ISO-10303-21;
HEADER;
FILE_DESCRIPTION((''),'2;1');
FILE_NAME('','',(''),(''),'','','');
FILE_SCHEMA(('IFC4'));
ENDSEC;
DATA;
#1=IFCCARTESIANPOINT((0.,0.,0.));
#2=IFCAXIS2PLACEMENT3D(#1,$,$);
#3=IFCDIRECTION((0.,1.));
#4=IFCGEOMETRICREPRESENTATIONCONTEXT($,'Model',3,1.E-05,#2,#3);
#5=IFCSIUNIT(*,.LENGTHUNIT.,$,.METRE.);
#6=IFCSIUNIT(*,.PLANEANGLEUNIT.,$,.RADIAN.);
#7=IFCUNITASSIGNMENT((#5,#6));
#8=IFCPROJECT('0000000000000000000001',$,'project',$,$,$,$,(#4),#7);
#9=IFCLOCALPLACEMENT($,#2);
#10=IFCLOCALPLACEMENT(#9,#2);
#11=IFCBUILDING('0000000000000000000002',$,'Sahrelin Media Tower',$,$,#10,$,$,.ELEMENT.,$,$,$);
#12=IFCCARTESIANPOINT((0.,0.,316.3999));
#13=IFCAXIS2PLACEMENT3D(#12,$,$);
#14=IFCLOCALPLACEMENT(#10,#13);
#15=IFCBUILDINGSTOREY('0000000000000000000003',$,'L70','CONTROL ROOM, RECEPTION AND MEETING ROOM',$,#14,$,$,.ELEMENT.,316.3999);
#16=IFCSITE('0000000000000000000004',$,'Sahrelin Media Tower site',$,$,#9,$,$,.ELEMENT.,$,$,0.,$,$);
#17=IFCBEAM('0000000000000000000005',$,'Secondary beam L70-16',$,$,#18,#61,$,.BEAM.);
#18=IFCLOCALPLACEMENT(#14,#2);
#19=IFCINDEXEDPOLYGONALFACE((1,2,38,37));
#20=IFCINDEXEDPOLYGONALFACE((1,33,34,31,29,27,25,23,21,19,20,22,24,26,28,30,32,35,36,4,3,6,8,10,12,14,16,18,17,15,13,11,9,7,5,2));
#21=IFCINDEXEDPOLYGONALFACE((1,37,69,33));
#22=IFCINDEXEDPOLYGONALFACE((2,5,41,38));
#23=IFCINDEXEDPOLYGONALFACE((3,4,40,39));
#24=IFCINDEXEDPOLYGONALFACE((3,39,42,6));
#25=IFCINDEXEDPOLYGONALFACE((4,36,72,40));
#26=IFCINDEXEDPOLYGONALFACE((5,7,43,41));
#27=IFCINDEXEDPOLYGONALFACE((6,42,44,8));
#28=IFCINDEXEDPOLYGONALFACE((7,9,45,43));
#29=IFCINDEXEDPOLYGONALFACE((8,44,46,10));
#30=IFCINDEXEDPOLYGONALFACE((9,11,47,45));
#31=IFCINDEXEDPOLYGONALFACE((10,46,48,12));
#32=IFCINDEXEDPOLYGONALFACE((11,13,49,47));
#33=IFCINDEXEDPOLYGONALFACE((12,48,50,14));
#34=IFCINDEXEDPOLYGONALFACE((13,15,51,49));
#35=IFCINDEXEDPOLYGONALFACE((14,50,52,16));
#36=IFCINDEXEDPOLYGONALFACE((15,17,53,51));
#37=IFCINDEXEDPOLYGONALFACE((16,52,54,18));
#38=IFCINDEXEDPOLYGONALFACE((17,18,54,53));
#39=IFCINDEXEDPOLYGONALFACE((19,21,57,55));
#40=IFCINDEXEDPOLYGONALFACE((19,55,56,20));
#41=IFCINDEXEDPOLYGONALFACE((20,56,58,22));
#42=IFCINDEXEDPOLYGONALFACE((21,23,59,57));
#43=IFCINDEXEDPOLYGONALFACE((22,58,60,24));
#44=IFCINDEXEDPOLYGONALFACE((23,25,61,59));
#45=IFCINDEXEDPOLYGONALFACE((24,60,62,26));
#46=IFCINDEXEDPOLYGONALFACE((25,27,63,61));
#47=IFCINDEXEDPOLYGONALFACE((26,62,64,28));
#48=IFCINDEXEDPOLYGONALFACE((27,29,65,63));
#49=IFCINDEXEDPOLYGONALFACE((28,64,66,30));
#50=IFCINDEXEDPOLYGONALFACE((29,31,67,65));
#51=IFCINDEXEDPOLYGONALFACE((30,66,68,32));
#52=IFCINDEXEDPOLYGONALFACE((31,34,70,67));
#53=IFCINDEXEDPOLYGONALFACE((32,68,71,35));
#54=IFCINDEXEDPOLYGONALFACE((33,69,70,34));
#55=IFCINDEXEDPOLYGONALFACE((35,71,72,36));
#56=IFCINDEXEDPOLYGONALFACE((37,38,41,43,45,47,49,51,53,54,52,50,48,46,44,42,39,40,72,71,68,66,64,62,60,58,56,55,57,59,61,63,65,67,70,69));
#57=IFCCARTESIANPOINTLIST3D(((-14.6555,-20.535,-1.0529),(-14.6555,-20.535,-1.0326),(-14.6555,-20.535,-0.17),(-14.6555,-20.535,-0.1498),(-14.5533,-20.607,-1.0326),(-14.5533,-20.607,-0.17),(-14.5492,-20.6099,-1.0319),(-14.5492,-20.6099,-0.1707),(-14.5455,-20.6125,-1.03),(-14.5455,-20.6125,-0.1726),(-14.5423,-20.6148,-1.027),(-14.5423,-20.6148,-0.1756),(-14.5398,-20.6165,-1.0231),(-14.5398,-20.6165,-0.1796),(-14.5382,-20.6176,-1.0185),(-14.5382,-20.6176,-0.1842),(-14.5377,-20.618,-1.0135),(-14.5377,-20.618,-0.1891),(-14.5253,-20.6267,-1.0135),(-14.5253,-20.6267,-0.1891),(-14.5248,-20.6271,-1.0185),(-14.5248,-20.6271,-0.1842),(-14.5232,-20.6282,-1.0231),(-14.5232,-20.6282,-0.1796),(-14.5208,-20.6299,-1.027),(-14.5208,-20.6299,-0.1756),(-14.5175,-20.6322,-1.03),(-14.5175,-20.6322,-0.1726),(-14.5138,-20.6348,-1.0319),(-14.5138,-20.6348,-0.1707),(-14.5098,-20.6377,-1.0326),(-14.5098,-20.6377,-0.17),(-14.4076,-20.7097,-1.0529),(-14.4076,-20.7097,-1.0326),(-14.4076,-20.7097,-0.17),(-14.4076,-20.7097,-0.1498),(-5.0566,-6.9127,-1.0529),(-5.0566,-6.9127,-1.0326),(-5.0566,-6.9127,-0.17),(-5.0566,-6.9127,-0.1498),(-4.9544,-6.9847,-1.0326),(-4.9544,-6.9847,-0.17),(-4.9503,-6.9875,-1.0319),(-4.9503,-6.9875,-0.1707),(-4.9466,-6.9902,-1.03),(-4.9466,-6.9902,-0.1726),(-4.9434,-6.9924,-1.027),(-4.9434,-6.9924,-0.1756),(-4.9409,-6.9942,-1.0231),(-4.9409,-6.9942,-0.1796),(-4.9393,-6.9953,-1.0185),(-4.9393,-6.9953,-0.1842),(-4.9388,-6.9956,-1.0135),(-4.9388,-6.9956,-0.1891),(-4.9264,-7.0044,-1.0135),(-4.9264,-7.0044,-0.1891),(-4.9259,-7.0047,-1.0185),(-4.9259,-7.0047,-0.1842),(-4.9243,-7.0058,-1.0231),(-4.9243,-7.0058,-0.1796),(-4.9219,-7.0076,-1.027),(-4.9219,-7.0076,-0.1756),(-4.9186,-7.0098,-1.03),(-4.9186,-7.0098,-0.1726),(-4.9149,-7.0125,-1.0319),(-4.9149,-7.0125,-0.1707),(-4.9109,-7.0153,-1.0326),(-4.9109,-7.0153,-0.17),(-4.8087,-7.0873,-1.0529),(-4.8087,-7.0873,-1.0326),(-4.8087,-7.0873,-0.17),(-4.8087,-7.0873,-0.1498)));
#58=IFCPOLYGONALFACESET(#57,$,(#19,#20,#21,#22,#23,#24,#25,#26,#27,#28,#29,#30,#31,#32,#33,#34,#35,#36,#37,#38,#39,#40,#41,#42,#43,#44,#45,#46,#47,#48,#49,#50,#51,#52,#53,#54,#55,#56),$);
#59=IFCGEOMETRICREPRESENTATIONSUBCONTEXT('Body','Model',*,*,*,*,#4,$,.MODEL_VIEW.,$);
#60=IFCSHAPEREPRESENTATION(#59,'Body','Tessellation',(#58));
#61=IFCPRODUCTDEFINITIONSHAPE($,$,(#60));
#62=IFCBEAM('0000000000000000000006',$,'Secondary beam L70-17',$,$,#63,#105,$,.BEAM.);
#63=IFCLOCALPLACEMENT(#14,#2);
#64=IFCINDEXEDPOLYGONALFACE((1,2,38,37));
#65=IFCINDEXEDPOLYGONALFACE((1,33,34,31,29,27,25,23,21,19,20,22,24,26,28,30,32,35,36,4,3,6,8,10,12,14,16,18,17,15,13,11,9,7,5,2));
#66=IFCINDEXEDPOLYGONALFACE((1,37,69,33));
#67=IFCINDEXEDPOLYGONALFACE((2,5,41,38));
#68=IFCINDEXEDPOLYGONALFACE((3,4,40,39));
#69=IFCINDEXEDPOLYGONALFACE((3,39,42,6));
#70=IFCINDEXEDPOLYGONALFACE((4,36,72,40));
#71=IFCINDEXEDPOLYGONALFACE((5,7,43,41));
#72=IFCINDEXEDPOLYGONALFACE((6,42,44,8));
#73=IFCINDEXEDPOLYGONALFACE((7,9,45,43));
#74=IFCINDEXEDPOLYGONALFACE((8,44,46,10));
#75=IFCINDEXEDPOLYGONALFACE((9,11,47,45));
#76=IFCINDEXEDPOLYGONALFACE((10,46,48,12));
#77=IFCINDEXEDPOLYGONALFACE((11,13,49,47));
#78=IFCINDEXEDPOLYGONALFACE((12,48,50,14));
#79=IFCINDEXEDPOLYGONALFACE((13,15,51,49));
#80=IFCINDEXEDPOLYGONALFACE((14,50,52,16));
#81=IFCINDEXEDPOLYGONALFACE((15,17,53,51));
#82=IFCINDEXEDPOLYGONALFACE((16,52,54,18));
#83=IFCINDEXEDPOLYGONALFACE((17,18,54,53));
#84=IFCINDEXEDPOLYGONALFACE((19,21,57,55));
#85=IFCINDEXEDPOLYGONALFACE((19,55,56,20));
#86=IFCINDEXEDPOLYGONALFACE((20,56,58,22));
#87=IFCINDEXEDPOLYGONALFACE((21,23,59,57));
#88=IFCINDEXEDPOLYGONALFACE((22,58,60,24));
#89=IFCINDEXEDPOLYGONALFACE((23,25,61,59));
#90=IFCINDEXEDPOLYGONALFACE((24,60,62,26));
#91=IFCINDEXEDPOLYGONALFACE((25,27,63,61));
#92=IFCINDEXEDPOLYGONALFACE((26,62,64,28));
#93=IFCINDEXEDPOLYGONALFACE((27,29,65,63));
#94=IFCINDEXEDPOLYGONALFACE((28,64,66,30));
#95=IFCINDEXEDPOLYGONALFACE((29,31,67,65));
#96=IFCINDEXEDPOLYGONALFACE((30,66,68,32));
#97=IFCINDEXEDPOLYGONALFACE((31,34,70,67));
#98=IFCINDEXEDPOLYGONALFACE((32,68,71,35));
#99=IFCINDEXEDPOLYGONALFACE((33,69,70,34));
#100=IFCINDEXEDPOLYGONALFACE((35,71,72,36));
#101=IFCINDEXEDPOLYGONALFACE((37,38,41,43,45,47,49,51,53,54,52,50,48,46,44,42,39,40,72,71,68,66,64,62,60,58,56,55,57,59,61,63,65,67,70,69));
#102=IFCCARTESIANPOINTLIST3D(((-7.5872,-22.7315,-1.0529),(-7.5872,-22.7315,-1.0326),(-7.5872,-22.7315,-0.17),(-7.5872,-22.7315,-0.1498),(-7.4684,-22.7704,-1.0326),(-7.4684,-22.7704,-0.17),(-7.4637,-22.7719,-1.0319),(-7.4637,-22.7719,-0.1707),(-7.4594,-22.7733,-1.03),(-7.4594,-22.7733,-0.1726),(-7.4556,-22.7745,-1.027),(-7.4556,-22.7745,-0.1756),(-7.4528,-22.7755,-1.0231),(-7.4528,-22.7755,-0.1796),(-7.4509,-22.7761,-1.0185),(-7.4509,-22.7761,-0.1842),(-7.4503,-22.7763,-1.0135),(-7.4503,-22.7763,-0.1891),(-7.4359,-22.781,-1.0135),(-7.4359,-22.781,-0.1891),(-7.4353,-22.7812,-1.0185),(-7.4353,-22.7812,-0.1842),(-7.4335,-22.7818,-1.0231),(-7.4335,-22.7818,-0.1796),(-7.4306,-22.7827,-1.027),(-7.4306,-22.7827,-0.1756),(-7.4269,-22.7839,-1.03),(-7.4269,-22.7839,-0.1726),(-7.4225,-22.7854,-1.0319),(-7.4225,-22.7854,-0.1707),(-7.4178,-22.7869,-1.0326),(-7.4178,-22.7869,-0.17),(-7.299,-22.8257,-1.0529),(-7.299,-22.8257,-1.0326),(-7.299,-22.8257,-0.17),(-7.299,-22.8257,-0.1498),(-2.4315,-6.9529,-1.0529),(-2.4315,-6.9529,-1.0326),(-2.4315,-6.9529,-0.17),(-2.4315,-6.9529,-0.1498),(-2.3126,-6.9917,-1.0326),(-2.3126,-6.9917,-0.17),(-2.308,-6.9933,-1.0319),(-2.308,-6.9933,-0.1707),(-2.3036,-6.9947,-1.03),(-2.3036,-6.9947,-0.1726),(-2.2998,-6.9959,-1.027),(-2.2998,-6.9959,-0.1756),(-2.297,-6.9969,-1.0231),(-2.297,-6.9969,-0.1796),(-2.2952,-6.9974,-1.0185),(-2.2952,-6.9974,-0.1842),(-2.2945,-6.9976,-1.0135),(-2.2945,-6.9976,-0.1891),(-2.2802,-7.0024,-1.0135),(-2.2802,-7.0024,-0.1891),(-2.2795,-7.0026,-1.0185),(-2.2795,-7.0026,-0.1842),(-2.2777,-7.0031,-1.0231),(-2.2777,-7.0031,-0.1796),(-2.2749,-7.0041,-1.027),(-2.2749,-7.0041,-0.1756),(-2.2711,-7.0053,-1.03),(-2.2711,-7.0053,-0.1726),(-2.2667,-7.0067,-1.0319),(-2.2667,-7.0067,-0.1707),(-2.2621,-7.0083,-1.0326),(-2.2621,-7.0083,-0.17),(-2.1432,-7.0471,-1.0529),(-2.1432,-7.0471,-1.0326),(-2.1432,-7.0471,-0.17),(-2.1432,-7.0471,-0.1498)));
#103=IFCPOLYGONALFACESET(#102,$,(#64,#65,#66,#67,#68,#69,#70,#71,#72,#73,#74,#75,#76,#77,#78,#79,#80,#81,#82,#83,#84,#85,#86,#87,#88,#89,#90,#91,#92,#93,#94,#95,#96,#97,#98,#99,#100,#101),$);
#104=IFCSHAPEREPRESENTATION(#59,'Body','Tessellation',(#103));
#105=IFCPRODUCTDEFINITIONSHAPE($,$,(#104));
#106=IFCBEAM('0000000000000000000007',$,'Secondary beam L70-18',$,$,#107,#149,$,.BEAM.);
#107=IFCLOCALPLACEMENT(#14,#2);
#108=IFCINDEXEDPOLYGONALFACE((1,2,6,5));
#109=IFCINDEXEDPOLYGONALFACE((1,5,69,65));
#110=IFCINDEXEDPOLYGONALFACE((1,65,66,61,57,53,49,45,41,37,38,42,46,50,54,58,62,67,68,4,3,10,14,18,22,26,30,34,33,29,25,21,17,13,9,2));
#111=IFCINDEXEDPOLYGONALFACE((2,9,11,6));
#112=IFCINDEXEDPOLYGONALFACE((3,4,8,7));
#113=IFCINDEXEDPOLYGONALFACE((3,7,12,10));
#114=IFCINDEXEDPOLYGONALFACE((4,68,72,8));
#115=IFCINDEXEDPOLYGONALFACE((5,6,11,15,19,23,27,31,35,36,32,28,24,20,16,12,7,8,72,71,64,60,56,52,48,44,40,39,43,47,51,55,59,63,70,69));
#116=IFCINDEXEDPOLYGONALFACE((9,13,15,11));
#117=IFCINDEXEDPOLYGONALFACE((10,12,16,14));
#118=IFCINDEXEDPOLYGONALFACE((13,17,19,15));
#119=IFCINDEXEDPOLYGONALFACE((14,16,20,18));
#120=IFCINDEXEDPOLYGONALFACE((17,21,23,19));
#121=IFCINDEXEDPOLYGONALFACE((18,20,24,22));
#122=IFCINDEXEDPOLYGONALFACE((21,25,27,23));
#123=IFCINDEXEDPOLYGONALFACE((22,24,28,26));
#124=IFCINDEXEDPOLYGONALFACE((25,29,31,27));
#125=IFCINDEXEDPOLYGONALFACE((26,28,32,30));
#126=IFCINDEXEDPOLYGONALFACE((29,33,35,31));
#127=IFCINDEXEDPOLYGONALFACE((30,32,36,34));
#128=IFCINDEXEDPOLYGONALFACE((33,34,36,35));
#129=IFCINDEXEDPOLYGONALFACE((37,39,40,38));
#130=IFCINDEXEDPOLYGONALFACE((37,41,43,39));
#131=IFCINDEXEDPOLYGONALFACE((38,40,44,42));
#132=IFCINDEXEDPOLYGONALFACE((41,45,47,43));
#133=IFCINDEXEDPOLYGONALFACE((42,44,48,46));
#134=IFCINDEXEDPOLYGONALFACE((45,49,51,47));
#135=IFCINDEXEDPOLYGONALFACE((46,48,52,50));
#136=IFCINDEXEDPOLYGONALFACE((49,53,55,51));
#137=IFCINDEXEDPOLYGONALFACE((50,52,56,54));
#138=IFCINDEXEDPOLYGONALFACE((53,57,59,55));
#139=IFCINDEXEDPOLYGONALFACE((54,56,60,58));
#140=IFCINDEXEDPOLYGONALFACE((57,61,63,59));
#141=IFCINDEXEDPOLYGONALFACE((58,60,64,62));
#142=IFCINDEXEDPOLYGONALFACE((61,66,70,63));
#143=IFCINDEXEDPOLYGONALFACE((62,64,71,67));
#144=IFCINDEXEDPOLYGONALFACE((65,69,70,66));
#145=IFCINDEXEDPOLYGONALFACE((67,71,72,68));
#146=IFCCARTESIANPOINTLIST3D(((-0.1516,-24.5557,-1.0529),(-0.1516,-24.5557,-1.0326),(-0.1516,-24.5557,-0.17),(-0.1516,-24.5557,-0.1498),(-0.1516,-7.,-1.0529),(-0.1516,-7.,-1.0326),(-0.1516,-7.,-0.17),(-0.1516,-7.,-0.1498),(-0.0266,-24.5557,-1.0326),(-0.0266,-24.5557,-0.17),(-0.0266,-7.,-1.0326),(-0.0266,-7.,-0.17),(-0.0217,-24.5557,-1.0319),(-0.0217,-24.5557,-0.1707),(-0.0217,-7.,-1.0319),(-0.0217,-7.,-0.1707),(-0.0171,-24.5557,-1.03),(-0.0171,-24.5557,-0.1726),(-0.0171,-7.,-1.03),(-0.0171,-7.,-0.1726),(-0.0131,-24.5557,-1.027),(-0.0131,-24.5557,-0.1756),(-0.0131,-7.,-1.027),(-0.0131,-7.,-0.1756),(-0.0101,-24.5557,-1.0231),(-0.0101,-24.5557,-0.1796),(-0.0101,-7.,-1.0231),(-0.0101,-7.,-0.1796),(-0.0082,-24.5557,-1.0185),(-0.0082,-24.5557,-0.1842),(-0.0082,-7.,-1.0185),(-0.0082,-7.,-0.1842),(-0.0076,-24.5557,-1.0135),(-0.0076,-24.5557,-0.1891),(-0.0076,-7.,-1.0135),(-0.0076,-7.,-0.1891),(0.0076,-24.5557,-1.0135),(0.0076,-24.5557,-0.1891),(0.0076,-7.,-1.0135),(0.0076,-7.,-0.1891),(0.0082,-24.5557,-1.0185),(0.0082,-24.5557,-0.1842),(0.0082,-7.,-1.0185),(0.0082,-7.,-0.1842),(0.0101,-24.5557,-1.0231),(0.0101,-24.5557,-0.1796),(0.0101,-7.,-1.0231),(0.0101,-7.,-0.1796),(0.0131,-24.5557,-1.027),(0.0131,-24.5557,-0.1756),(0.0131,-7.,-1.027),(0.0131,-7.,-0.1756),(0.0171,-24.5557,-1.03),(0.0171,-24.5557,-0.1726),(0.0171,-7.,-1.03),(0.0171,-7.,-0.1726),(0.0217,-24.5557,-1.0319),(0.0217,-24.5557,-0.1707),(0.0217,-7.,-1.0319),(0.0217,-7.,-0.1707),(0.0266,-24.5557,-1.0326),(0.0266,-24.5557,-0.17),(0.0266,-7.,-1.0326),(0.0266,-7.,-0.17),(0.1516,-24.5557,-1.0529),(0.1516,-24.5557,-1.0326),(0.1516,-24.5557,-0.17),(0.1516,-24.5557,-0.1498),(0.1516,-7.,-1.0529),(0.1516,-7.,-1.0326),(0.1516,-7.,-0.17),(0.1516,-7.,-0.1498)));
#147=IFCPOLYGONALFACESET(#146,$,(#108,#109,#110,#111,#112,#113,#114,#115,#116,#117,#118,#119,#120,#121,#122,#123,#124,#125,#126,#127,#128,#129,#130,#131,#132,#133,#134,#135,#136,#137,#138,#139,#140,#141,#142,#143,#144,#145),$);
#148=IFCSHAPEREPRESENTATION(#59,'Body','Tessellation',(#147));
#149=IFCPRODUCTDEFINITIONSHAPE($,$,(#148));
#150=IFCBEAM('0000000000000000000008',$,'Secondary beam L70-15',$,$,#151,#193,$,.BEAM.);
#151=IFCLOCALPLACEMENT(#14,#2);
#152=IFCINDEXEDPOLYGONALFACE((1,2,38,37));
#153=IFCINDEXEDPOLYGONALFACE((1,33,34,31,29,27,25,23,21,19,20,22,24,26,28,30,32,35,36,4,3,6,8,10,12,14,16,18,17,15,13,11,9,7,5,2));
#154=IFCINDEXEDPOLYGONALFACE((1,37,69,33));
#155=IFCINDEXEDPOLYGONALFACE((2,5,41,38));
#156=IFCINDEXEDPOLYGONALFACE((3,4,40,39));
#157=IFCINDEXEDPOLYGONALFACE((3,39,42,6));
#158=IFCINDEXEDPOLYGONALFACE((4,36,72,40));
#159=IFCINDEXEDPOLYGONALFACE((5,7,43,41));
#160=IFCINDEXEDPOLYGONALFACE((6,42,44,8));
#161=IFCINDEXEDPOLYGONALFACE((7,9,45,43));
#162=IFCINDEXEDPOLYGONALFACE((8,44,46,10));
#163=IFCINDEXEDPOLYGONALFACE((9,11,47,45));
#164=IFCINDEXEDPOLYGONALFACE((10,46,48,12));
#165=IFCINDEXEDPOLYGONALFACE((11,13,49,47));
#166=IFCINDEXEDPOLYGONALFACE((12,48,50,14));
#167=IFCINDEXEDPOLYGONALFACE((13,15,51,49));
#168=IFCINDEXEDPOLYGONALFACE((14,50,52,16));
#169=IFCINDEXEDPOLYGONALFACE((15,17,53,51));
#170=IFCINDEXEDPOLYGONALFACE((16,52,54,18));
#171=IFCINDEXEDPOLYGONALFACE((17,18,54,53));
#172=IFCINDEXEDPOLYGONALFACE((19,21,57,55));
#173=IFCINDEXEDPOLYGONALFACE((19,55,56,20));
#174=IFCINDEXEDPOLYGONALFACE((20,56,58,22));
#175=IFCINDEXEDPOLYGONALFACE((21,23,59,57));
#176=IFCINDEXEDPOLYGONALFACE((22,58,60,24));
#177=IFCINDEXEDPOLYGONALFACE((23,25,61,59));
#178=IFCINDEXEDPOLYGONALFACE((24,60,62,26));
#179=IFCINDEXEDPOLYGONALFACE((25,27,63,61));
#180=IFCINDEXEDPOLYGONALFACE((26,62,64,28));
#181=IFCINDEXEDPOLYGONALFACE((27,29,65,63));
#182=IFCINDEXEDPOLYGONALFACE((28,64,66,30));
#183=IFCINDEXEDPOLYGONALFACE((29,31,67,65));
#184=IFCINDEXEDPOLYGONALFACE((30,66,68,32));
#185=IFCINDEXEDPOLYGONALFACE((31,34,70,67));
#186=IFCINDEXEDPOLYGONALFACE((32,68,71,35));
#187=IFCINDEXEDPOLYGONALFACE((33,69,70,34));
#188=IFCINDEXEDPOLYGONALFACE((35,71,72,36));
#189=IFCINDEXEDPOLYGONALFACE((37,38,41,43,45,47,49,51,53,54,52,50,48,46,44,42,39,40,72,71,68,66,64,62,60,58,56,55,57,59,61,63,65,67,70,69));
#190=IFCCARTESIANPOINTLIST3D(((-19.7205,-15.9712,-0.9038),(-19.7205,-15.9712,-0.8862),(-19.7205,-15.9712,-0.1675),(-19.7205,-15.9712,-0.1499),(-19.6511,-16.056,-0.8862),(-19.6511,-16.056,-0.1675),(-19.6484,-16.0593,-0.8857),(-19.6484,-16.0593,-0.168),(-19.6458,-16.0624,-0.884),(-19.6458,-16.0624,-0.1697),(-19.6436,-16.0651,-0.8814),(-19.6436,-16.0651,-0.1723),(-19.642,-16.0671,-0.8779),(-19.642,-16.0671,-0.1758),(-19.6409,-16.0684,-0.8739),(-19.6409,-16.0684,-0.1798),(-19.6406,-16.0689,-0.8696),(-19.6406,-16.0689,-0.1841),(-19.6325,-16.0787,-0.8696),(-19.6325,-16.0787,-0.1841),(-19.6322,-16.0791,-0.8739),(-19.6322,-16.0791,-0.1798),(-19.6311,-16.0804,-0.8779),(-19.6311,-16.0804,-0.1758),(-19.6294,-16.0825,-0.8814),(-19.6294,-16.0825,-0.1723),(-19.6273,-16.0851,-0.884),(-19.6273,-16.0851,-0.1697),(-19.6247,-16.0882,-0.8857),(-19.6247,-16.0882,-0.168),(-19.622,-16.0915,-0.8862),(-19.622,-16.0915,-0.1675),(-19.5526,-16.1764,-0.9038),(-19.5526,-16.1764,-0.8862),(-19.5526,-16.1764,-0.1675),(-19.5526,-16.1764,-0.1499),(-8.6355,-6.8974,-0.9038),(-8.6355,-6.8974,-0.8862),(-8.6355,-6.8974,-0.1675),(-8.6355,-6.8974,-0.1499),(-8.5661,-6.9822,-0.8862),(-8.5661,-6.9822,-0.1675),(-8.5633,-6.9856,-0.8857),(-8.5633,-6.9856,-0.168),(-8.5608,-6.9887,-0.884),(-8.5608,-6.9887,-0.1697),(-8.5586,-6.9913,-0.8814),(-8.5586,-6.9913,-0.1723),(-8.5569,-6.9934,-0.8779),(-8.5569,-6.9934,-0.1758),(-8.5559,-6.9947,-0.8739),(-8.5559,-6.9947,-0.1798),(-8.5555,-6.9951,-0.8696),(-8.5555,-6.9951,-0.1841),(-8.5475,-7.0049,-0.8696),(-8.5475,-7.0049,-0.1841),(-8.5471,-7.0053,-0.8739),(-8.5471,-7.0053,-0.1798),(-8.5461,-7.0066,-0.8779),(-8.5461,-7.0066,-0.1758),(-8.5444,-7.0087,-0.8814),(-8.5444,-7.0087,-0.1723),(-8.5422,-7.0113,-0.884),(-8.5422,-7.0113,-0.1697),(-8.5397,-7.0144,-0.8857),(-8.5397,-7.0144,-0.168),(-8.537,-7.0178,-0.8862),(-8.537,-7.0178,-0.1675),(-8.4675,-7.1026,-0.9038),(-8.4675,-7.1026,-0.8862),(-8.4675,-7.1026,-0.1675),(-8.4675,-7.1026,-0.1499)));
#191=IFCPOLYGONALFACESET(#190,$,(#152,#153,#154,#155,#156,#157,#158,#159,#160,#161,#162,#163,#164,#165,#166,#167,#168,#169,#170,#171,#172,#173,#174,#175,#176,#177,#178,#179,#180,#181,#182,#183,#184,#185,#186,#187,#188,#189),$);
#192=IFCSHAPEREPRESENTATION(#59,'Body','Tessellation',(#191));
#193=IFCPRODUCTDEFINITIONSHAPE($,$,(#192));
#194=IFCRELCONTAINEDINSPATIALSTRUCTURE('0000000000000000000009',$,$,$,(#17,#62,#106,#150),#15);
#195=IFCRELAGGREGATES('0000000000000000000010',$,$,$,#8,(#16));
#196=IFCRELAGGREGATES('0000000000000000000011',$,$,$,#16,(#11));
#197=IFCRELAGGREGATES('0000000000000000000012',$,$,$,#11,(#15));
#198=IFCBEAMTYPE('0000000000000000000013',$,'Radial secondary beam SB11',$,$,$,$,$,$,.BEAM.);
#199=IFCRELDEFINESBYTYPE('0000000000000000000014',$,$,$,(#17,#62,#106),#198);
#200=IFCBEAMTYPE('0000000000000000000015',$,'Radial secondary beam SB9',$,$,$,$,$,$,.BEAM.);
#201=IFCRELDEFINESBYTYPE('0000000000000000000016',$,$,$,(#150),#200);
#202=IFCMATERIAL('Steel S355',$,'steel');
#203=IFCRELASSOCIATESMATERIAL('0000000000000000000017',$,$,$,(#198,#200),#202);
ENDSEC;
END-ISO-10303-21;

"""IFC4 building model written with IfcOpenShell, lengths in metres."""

from ifc_helpers import new_model, si_unit, direction, frame, origin, origin_2d, place, context, subcontext, project, spatial, i_section, extrude, material, material_profile, profile_set, type_object, element, save


model = new_model("IFC4")

# Units and contexts
model_context = context("Model", 3, precision=1e-05, world=origin(), true_north=direction((0.0, 1.0)))
body_context = subcontext(model_context, "Body", "Model", "MODEL_VIEW")
ifc_project = project(units=[si_unit("LENGTHUNIT", "METRE"), si_unit("PLANEANGLEUNIT", "RADIAN")], contexts=[model_context])

# Site, building, storey
site_placement = place(None, origin())
site = spatial("IfcSite", under=ifc_project, at=site_placement, Name="Sahrelin Media Tower site", CompositionType="ELEMENT", RefElevation=0.0)
building_placement = place(site_placement, origin())
building = spatial("IfcBuilding", under=site, at=building_placement, Name="Sahrelin Media Tower", CompositionType="ELEMENT")
storey_placement = place(building_placement, frame((0.0, 0.0, 316.3999)))
storey = spatial("IfcBuildingStorey", under=building, at=storey_placement, Name="L70", Description="CONTROL ROOM, RECEPTION AND MEETING ROOM", CompositionType="ELEMENT", Elevation=316.3999)

# Beams
ifc_material_1 = material(Name="Steel S355", Category="steel")
ifc_material_profile_1 = material_profile(ifc_material_1, i_section(OverallWidth=0.3032, OverallDepth=0.9031, WebThickness=0.0151, FlangeThickness=0.0203, FilletRadius=0.019, at=origin_2d()), Name="UB 914x305x201")
ifc_profile_set_1 = profile_set([ifc_material_profile_1], Name="Steel S355")
beam_type_1 = type_object("IfcBeamType", Name="Radial secondary beam SB11", PredefinedType="BEAM", material=ifc_profile_set_1)
beam_1_placement = place(storey_placement, frame((-4.9326, -7.0, -0.6013), z_axis=(-0.576007, -0.817445, 0.0), x_axis=(0.817445, -0.576007, 0.0)))
element("IfcBeam", 1, at=beam_1_placement, inside=storey, type_object=beam_type_1, Name="Secondary beam L70-16", PredefinedType="BEAM", context=body_context, shape_type="SweptSolid", body=[
    extrude(i_section(OverallWidth=0.3032, OverallDepth=0.9031, WebThickness=0.0151, FlangeThickness=0.0203, FilletRadius=0.019, at=origin_2d()), origin(), (0.0, 0.0, 1.0), 16.6646),
])
beam_2_placement = place(storey_placement, frame((-2.2874, -7.0, -0.6013), z_axis=(-0.310597, -0.950542, 0.0), x_axis=(0.950542, -0.310597, 0.0)))
element("IfcBeam", 2, at=beam_2_placement, inside=storey, type_object=beam_type_1, Name="Secondary beam L70-17", PredefinedType="BEAM", context=body_context, shape_type="SweptSolid", body=[
    extrude(i_section(OverallWidth=0.3032, OverallDepth=0.9031, WebThickness=0.0151, FlangeThickness=0.0203, FilletRadius=0.019, at=origin_2d()), origin(), (0.0, 0.0, 1.0), 16.5996),
])
beam_3_placement = place(storey_placement, frame((0.0, -7.0, -0.6013), z_axis=(0.0, -1.0, 0.0), x_axis=(1.0, 0.0, 0.0)))
element("IfcBeam", 3, at=beam_3_placement, inside=storey, type_object=beam_type_1, Name="Secondary beam L70-18", PredefinedType="BEAM", context=body_context, shape_type="SweptSolid", body=[
    extrude(i_section(OverallWidth=0.3032, OverallDepth=0.9031, WebThickness=0.0151, FlangeThickness=0.0203, FilletRadius=0.019, at=origin_2d()), origin(), (0.0, 0.0, 1.0), 17.5557),
])
ifc_material_profile_2 = material_profile(ifc_material_1, i_section(OverallWidth=0.2651, OverallDepth=0.7539, WebThickness=0.0127, FlangeThickness=0.0176, FilletRadius=0.0166, at=origin_2d()), Name="UB 762x267x147")
ifc_profile_set_2 = profile_set([ifc_material_profile_2], Name="Steel S355")
beam_type_2 = type_object("IfcBeamType", Name="Radial secondary beam SB9", PredefinedType="BEAM", material=ifc_profile_set_2)
beam_4_placement = place(storey_placement, frame((-8.5515, -7.0, -0.5269), z_axis=(-0.773813, -0.633414, 0.0), x_axis=(0.633414, -0.773813, 0.0)))
element("IfcBeam", 4, at=beam_4_placement, inside=storey, type_object=beam_type_2, Name="Secondary beam L70-15", PredefinedType="BEAM", context=body_context, shape_type="SweptSolid", body=[
    extrude(i_section(OverallWidth=0.2651, OverallDepth=0.7539, WebThickness=0.0127, FlangeThickness=0.0176, FilletRadius=0.0166, at=origin_2d()), origin(), (0.0, 0.0, 1.0), 14.3252),
])

save(model, "model.ifc")
